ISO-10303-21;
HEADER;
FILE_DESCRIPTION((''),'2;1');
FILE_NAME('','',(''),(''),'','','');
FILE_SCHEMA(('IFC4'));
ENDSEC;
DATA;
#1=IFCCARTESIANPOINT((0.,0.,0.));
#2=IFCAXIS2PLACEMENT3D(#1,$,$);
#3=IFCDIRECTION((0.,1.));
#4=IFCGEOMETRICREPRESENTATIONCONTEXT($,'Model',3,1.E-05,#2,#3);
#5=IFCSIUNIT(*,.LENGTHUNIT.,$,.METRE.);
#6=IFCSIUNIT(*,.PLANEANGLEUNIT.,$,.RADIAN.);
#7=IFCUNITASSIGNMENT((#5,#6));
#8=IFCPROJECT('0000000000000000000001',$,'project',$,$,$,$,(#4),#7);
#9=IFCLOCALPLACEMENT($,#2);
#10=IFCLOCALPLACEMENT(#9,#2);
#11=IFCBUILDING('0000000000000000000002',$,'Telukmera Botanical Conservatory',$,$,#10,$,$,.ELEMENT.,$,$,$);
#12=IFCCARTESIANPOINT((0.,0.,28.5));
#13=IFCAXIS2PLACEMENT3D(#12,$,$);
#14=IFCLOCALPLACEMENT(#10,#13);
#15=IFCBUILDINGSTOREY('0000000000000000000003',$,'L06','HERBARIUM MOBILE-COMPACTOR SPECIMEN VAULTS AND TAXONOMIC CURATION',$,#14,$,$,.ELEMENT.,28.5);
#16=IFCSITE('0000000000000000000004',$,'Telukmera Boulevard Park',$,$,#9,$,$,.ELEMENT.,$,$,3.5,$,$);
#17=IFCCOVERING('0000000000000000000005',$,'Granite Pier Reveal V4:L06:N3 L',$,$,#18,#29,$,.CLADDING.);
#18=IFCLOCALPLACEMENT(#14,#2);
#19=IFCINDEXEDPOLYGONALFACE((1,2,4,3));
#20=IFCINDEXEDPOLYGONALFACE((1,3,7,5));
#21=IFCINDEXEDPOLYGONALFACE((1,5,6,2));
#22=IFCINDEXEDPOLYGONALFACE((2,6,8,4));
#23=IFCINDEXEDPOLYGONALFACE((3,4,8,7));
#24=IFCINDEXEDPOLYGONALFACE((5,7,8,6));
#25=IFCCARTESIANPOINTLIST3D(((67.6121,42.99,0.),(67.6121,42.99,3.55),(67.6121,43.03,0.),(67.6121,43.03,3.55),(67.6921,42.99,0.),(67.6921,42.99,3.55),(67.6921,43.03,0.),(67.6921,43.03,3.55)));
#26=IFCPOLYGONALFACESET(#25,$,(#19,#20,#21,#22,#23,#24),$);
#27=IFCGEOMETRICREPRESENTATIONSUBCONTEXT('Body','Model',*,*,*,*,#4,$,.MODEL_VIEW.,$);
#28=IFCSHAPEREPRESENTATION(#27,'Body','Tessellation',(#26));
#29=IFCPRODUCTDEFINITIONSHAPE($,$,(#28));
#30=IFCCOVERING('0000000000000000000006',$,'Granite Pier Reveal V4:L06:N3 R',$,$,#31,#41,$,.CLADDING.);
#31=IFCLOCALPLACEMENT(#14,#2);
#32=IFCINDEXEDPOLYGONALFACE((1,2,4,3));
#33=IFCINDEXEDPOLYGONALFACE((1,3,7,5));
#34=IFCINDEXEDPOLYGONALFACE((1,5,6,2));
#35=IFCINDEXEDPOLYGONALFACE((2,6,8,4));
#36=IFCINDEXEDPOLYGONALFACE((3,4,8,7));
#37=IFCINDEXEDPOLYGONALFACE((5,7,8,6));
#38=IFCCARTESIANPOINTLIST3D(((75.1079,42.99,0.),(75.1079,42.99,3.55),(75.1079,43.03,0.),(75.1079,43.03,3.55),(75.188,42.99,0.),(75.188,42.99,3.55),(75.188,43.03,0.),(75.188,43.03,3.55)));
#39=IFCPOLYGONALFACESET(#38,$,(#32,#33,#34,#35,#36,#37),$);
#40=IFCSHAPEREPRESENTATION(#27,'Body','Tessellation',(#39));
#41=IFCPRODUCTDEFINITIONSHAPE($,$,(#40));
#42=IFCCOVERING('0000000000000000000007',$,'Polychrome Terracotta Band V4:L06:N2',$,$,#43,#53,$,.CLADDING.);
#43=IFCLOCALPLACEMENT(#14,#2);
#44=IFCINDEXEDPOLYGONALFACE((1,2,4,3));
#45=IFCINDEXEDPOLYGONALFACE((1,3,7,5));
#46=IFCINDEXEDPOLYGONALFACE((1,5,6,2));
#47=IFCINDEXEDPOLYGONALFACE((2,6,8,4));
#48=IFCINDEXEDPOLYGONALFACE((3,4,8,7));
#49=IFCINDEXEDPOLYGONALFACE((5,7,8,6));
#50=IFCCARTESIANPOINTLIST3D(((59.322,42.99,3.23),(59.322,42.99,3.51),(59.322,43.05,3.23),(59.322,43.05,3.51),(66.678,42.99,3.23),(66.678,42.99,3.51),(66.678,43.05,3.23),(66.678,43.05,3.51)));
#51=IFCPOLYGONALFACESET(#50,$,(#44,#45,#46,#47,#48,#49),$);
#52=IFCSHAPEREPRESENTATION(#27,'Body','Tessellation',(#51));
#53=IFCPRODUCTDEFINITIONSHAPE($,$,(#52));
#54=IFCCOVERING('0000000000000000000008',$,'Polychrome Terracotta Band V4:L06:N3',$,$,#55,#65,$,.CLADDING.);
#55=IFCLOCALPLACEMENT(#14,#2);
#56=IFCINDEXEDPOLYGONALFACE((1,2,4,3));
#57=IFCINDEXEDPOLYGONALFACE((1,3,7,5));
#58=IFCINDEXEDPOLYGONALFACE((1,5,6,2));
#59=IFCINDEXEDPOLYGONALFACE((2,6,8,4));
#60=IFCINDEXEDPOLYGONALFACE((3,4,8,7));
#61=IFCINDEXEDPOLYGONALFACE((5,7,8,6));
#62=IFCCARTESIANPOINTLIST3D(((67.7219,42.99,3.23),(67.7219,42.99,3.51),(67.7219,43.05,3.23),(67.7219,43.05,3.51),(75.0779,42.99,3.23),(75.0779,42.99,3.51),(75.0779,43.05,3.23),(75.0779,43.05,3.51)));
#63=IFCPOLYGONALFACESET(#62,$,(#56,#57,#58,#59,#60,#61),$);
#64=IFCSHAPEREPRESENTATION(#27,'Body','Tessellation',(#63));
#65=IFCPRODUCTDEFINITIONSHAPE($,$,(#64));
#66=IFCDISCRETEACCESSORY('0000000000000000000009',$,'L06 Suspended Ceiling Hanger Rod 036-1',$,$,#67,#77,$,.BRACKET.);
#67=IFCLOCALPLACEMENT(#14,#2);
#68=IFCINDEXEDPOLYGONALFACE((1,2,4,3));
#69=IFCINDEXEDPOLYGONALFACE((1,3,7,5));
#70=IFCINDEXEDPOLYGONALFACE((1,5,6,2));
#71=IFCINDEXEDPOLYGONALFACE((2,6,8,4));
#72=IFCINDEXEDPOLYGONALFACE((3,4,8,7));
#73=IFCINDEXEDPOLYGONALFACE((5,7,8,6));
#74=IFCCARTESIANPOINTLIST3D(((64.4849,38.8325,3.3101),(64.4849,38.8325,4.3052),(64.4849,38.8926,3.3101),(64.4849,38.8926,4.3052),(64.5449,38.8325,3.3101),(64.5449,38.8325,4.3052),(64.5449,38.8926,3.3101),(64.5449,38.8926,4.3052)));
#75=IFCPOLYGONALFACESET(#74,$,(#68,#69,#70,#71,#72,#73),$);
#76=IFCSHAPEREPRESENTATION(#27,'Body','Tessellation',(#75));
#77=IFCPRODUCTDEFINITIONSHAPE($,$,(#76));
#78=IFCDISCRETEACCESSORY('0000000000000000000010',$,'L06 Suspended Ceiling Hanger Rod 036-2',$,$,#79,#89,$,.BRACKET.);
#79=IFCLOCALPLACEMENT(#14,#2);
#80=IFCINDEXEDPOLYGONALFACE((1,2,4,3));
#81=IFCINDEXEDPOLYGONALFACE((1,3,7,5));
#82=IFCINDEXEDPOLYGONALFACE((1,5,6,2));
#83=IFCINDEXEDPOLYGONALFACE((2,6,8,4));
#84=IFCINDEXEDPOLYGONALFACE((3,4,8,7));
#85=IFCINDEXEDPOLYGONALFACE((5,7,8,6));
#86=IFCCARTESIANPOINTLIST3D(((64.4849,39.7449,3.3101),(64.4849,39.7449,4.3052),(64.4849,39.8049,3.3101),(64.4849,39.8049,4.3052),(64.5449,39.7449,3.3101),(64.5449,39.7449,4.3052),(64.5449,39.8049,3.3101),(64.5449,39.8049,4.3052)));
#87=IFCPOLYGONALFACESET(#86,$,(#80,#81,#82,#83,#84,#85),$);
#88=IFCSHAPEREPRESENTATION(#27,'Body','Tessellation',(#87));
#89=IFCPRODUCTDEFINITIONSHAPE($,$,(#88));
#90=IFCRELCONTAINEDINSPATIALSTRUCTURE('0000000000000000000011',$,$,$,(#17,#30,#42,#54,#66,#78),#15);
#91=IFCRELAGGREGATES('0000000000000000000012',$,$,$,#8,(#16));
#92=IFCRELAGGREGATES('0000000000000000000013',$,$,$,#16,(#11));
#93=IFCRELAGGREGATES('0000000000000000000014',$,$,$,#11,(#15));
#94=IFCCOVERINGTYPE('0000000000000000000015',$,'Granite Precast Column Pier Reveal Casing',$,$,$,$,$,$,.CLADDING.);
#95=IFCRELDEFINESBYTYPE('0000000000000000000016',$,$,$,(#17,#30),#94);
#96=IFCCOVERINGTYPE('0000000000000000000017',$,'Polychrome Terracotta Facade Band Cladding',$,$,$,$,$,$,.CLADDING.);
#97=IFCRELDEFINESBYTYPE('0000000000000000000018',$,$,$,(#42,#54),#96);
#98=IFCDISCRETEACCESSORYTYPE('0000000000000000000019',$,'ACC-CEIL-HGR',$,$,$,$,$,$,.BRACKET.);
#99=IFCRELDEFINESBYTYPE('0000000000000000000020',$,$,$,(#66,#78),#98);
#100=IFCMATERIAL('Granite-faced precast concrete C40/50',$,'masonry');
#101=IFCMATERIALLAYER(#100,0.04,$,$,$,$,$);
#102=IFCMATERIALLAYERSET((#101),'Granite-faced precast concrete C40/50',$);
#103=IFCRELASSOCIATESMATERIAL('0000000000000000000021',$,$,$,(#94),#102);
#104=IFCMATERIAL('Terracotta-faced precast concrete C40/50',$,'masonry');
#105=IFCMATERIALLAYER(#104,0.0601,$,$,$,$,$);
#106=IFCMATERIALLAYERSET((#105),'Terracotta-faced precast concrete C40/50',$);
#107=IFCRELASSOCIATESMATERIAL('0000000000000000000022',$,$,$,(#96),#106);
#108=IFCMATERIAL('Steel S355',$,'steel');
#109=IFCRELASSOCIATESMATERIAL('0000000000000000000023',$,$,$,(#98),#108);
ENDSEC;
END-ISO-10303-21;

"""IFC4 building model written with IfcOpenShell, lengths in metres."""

from ifc_helpers import new_model, si_unit, direction, frame, origin, origin_2d, place, context, subcontext, project, spatial, rectangle, extrude, material, layer, layer_set, type_object, element, save


model = new_model("IFC4")

# Units and contexts
model_context = context("Model", 3, precision=1e-05, world=origin(), true_north=direction((0.0, 1.0)))
body_context = subcontext(model_context, "Body", "Model", "MODEL_VIEW")
ifc_project = project(units=[si_unit("LENGTHUNIT", "METRE"), si_unit("PLANEANGLEUNIT", "RADIAN")], contexts=[model_context])

# Site, building, storey
site_placement = place(None, origin())
site = spatial("IfcSite", under=ifc_project, at=site_placement, Name="Telukmera Boulevard Park", CompositionType="ELEMENT", RefElevation=3.5)
building_placement = place(site_placement, origin())
building = spatial("IfcBuilding", under=site, at=building_placement, Name="Telukmera Botanical Conservatory", CompositionType="ELEMENT")
storey_placement = place(building_placement, frame((0.0, 0.0, 28.5)))
storey = spatial("IfcBuildingStorey", under=building, at=storey_placement, Name="L06", Description="HERBARIUM MOBILE-COMPACTOR SPECIMEN VAULTS AND TAXONOMIC CURATION", CompositionType="ELEMENT", Elevation=28.5)

# Shared definitions
ifc_material_1 = material(Name="Terracotta-faced precast concrete C40/50", Category="masonry")

# Coverings
ifc_material_2 = material(Name="Granite-faced precast concrete C40/50", Category="masonry")
ifc_layer_1 = layer(ifc_material_2, 0.04)
ifc_layer_set_1 = layer_set([ifc_layer_1], Name="Granite-faced precast concrete C40/50")
covering_type_1 = type_object("IfcCoveringType", Name="Granite Precast Column Pier Reveal Casing", PredefinedType="CLADDING", material=ifc_layer_set_1)
for number, where, z_axis, x_axis, name in (
    (1, (67.6521, 43.01, 0.0), (0.0, 0.0, 1.0), (1.0, 0.0, 0.0), "Granite Pier Reveal V4:L06:N3 L"),
    (2, (75.1479, 43.01, 0.0), (0.0, 0.0, 1.0), (1.0, 0.0, 0.0), "Granite Pier Reveal V4:L06:N3 R"),
):
    element("IfcCovering", number, at=place(storey_placement, frame(where, z_axis=z_axis, x_axis=x_axis)), inside=storey, type_object=covering_type_1, Name=name, PredefinedType="CLADDING", context=body_context, shape_type="SweptSolid", body=[
        extrude(rectangle(XDim=0.0801, YDim=0.04, at=origin_2d()), origin(), (0.0, 0.0, 1.0), 3.55),
    ])
ifc_layer_2 = layer(ifc_material_1, 0.0601)
ifc_layer_set_2 = layer_set([ifc_layer_2], Name="Terracotta-faced precast concrete C40/50")
covering_type_2 = type_object("IfcCoveringType", Name="Polychrome Terracotta Facade Band Cladding", PredefinedType="CLADDING", material=ifc_layer_set_2)
for number, where, z_axis, x_axis, name in (
    (3, (63.0, 43.02, 3.23), (0.0, 0.0, 1.0), (1.0, 0.0, 0.0), "Polychrome Terracotta Band V4:L06:N2"),
    (4, (71.3999, 43.02, 3.23), (0.0, 0.0, 1.0), (1.0, 0.0, 0.0), "Polychrome Terracotta Band V4:L06:N3"),
):
    element("IfcCovering", number, at=place(storey_placement, frame(where, z_axis=z_axis, x_axis=x_axis)), inside=storey, type_object=covering_type_2, Name=name, PredefinedType="CLADDING", context=body_context, shape_type="SweptSolid", body=[
        extrude(rectangle(XDim=7.356, YDim=0.0601, at=origin_2d()), origin(), (0.0, 0.0, 1.0), 0.28),
    ])

# Discrete accessories
ifc_material_3 = material(Name="Steel S355", Category="steel")
discrete_accessory_type = type_object("IfcDiscreteAccessoryType", Name="ACC-CEIL-HGR", PredefinedType="BRACKET", material=ifc_material_3)
for number, where, z_axis, x_axis, name in (
    (5, (64.5149, 38.8625, 3.3101), (0.0, 0.0, 1.0), (1.0, 0.0, 0.0), "L06 Suspended Ceiling Hanger Rod 036-1"),
    (6, (64.5149, 39.7749, 3.3101), (0.0, 0.0, 1.0), (1.0, 0.0, 0.0), "L06 Suspended Ceiling Hanger Rod 036-2"),
):
    element("IfcDiscreteAccessory", number, at=place(storey_placement, frame(where, z_axis=z_axis, x_axis=x_axis)), inside=storey, type_object=discrete_accessory_type, Name=name, PredefinedType="BRACKET", context=body_context, shape_type="SweptSolid", body=[
        extrude(rectangle(XDim=0.0601, YDim=0.0601, at=origin_2d()), origin(), (0.0, 0.0, 1.0), 0.9951),
    ])

save(model, "model.ifc")
